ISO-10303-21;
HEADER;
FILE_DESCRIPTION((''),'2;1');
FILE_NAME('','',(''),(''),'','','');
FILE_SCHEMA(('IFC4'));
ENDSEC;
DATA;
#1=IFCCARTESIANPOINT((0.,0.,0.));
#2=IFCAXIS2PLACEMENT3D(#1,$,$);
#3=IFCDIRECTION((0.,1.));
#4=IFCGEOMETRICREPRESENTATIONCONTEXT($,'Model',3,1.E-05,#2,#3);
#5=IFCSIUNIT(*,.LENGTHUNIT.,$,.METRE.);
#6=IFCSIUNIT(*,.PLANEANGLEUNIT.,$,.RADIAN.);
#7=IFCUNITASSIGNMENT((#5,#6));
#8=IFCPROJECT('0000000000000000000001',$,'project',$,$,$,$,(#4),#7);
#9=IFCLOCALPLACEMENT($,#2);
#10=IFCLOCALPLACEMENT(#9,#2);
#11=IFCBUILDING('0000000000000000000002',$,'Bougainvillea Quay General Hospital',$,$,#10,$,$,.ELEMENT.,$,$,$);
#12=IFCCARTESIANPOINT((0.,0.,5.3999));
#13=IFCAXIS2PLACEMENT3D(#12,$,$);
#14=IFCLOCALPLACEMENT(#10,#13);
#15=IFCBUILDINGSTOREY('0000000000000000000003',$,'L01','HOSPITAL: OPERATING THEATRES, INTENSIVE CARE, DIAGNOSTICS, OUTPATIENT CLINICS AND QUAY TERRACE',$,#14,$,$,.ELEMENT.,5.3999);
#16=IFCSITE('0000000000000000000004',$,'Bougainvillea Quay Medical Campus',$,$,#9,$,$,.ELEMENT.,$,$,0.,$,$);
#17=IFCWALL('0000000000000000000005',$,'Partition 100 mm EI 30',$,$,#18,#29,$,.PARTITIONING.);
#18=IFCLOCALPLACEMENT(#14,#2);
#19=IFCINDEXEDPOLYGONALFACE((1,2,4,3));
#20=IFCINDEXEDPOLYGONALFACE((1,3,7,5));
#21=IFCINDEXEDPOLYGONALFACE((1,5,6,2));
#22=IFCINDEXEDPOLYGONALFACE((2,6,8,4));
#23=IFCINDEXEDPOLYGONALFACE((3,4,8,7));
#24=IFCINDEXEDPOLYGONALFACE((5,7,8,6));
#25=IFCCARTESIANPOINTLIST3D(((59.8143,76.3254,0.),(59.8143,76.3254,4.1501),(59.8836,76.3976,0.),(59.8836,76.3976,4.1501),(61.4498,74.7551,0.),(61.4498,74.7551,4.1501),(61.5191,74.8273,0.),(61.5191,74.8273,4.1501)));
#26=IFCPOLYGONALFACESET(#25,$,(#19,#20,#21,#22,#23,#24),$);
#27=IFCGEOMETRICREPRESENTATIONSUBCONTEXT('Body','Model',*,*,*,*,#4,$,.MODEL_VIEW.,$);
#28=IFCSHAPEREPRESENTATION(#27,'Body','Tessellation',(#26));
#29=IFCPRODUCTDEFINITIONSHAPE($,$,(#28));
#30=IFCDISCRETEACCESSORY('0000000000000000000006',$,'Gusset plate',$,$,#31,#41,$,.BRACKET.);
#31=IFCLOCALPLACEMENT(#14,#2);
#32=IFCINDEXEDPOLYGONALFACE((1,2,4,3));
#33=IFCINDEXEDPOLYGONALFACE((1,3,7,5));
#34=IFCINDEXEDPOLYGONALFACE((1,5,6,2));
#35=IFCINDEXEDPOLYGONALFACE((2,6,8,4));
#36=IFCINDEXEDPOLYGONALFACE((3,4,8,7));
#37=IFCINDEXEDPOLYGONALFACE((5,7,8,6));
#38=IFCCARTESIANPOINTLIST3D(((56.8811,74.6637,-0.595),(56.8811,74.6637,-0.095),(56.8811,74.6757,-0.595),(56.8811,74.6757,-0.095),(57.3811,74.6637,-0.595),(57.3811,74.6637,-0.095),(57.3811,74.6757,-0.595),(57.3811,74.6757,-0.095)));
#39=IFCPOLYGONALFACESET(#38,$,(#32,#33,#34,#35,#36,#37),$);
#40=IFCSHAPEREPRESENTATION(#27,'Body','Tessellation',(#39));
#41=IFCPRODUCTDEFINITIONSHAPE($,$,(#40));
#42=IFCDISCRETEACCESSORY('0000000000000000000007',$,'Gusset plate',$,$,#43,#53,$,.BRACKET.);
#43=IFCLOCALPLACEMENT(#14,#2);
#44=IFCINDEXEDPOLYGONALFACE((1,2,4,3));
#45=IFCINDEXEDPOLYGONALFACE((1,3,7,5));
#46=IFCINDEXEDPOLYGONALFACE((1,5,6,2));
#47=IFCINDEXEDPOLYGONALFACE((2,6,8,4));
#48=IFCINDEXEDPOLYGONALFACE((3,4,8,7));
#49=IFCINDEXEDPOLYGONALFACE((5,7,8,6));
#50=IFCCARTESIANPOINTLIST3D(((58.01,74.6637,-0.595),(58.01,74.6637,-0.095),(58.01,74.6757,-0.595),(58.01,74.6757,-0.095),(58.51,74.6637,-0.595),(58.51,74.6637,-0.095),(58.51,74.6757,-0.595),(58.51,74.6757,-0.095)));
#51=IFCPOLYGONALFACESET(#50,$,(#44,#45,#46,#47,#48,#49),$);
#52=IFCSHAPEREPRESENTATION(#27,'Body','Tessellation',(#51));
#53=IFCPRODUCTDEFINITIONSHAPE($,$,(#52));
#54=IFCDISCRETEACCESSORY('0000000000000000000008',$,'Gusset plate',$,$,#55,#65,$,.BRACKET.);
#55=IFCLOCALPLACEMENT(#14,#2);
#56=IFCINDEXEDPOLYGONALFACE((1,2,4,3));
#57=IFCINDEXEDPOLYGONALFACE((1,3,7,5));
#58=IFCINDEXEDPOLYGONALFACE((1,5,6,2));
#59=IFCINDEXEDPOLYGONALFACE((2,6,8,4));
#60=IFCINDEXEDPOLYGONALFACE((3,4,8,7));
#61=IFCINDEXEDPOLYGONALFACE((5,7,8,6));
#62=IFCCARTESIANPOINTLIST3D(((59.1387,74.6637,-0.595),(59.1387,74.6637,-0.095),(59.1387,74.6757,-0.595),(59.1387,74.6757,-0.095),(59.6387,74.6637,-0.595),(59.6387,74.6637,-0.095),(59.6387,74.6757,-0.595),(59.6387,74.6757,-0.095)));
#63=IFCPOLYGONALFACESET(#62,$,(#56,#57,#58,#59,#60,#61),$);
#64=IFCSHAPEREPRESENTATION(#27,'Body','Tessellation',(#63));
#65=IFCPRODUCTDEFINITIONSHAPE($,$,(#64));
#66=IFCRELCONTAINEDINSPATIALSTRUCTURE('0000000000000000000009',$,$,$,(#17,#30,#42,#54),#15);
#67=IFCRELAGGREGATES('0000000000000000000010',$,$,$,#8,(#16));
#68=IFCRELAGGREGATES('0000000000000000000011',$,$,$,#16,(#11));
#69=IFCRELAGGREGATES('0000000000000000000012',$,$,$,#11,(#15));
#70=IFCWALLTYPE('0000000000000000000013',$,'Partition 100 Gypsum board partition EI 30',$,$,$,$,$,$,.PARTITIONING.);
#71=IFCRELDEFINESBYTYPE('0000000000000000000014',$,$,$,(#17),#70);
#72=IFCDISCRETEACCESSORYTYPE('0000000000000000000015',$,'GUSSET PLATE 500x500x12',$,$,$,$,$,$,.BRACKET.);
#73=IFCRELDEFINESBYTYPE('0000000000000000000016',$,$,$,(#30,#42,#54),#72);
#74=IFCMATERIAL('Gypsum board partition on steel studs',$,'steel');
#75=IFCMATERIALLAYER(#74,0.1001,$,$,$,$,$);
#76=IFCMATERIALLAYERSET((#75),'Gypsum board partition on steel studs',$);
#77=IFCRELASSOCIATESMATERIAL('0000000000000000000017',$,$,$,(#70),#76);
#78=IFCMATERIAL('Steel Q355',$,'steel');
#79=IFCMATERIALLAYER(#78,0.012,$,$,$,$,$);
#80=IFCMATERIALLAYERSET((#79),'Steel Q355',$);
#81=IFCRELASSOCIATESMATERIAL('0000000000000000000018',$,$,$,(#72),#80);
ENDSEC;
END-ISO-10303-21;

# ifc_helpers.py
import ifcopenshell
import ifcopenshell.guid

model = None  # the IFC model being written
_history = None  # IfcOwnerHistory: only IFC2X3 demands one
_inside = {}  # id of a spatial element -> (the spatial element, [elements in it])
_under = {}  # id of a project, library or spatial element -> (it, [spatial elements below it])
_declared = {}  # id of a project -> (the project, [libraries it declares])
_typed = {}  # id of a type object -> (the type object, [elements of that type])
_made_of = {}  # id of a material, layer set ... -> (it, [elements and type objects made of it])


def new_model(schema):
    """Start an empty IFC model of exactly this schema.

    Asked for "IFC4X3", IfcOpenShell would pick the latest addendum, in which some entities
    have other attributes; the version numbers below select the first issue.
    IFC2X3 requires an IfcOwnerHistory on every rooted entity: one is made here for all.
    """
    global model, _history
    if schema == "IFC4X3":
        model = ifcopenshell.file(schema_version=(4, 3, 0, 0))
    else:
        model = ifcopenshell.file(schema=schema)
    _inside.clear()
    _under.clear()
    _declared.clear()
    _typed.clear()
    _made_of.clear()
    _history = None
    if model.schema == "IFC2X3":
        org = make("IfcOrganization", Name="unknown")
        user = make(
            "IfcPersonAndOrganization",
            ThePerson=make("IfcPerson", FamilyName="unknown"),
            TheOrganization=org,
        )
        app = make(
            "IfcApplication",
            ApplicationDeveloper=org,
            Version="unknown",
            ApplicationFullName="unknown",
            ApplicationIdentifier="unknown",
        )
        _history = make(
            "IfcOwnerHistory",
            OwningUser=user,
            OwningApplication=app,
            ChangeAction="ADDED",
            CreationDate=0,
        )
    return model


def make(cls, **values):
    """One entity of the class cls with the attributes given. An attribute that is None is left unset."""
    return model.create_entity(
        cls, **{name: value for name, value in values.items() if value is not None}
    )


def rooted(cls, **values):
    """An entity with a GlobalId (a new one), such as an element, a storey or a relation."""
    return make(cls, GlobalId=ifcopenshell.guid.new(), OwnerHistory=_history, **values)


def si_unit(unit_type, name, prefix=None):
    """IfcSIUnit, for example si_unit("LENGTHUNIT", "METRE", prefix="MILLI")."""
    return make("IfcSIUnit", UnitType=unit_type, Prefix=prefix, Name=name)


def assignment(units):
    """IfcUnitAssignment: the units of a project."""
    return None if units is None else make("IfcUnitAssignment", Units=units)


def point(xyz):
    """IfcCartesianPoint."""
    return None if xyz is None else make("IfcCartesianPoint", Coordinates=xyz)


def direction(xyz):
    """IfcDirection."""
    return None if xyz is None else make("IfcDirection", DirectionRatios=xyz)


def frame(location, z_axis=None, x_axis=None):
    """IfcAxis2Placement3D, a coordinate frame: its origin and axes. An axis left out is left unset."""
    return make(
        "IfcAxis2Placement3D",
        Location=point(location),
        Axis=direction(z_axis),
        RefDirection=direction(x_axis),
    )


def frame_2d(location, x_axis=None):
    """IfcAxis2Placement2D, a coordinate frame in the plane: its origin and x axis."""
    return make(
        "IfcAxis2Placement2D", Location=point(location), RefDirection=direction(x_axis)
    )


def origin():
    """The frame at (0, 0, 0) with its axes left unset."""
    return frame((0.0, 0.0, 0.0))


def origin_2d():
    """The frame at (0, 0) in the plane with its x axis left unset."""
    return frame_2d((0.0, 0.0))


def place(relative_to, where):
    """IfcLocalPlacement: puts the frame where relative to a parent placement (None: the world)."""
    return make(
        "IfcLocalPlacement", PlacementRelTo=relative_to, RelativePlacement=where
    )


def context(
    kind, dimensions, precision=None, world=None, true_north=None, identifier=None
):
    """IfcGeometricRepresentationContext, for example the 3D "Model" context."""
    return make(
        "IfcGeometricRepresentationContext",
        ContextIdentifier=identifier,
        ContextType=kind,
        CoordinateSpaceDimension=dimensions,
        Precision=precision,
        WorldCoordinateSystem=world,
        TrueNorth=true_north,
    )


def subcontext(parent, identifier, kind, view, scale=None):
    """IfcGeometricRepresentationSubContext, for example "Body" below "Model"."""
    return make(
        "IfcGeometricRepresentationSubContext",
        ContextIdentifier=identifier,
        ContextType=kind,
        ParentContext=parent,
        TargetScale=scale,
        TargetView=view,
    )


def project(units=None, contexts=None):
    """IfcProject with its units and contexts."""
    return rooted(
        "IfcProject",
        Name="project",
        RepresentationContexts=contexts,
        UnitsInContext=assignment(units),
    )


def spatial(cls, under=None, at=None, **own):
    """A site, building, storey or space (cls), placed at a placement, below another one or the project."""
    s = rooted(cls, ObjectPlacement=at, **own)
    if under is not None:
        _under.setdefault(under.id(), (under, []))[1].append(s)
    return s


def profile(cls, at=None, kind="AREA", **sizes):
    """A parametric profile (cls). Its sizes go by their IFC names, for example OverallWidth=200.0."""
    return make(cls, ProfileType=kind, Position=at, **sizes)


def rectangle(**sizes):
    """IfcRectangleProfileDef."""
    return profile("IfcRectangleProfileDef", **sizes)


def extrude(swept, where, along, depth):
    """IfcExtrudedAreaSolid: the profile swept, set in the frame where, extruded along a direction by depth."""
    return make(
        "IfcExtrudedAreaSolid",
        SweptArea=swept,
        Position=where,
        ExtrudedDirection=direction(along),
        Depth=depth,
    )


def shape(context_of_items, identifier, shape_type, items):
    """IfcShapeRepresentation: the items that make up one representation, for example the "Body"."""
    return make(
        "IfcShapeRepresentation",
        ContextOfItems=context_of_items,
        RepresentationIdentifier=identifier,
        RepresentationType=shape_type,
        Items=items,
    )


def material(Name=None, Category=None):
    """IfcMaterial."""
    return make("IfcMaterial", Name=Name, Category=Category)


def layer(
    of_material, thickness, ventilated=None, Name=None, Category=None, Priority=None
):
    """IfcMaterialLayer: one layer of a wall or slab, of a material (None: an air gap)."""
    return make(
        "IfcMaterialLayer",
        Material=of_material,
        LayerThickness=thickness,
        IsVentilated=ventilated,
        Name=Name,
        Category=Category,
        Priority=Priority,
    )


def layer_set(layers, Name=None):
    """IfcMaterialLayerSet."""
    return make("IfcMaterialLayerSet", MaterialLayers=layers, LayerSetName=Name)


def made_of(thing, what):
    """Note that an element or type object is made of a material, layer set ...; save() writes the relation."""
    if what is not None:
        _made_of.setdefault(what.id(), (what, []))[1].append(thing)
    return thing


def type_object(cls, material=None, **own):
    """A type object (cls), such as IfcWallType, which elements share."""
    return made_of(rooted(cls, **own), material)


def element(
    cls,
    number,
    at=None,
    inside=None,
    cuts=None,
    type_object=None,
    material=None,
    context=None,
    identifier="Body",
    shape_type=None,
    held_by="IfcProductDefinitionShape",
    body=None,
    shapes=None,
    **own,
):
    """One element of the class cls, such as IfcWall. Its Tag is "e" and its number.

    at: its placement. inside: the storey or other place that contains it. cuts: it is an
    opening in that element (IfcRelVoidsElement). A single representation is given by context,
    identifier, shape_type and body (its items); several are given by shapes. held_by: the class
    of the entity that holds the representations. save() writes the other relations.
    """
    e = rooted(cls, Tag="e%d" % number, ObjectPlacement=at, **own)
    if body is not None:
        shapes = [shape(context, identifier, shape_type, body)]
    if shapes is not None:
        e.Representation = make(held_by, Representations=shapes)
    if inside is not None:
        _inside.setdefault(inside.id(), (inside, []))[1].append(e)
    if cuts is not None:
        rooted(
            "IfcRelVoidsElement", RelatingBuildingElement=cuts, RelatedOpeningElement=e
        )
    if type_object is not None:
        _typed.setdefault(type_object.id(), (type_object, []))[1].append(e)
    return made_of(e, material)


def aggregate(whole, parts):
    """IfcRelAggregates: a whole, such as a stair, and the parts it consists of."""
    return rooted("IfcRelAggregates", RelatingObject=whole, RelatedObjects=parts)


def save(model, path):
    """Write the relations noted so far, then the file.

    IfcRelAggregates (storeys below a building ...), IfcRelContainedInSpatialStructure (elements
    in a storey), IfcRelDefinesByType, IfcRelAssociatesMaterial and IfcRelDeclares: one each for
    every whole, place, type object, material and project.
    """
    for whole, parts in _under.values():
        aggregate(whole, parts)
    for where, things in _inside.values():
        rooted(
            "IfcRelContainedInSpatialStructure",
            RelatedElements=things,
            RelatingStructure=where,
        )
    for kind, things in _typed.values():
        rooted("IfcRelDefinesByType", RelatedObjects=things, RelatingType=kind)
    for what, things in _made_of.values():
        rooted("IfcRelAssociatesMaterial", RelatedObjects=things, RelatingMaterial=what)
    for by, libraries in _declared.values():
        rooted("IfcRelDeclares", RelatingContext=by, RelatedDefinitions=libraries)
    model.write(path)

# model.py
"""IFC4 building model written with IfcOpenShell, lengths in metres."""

from ifc_helpers import new_model, si_unit, direction, frame, frame_2d, origin, origin_2d, place, context, subcontext, project, spatial, rectangle, extrude, material, layer, layer_set, type_object, element, save


model = new_model("IFC4")

# Units and contexts
model_context = context("Model", 3, precision=1e-05, world=origin(), true_north=direction((0.0, 1.0)))
body_context = subcontext(model_context, "Body", "Model", "MODEL_VIEW")
ifc_project = project(units=[si_unit("LENGTHUNIT", "METRE"), si_unit("PLANEANGLEUNIT", "RADIAN")], contexts=[model_context])

# Site, building, storey
site_placement = place(None, origin())
site = spatial("IfcSite", under=ifc_project, at=site_placement, Name="Bougainvillea Quay Medical Campus", CompositionType="ELEMENT", RefElevation=0.0)
building_placement = place(site_placement, origin())
building = spatial("IfcBuilding", under=site, at=building_placement, Name="Bougainvillea Quay General Hospital", CompositionType="ELEMENT")
storey_placement = place(building_placement, frame((0.0, 0.0, 5.3999)))
storey = spatial("IfcBuildingStorey", under=building, at=storey_placement, Name="L01", Description="HOSPITAL: OPERATING THEATRES, INTENSIVE CARE, DIAGNOSTICS, OUTPATIENT CLINICS AND QUAY TERRACE", CompositionType="ELEMENT", Elevation=5.3999)

# Shared definitions
ifc_material_1 = material(Name="Steel Q355", Category="steel")

# Wall
ifc_material_2 = material(Name="Gypsum board partition on steel studs", Category="steel")
ifc_layer_1 = layer(ifc_material_2, 0.1001)
ifc_layer_set_1 = layer_set([ifc_layer_1], Name="Gypsum board partition on steel studs")
wall_type = type_object("IfcWallType", Name="Partition 100 Gypsum board partition EI 30", PredefinedType="PARTITIONING", material=ifc_layer_set_1)
wall_placement = place(storey_placement, frame((59.8489, 76.3616, 0.0), z_axis=(0.0, 0.0, 1.0), x_axis=(0.721336, -0.692586, 0.0)))
element("IfcWall", 1, at=wall_placement, inside=storey, type_object=wall_type, Name="Partition 100 mm EI 30", PredefinedType="PARTITIONING", context=body_context, shape_type="SweptSolid", body=[
    extrude(rectangle(XDim=2.2673, YDim=0.1001, at=frame_2d((1.1338, 0.0))), origin(), (0.0, 0.0, 1.0), 4.1501),
])

# Discrete accessories
ifc_layer_2 = layer(ifc_material_1, 0.012)
ifc_layer_set_2 = layer_set([ifc_layer_2], Name="Steel Q355")
discrete_accessory_type = type_object("IfcDiscreteAccessoryType", Name="GUSSET PLATE 500x500x12", PredefinedType="BRACKET", material=ifc_layer_set_2)
for number, where, z_axis, x_axis, name in (
    (2, (57.1311, 74.6697, -0.595), (0.0, 0.0, 1.0), (1.0, 0.0, 0.0), "Gusset plate"),
    (3, (58.26, 74.6697, -0.595), (0.0, 0.0, 1.0), (1.0, 0.0, 0.0), "Gusset plate"),
    (4, (59.3887, 74.6697, -0.595), (0.0, 0.0, 1.0), (1.0, 0.0, 0.0), "Gusset plate"),
):
    element("IfcDiscreteAccessory", number, at=place(storey_placement, frame(where, z_axis=z_axis, x_axis=x_axis)), inside=storey, type_object=discrete_accessory_type, Name=name, PredefinedType="BRACKET", context=body_context, shape_type="SweptSolid", body=[
        extrude(rectangle(XDim=0.5, YDim=0.012, at=origin_2d()), origin(), (0.0, 0.0, 1.0), 0.5),
    ])

save(model, "model.ifc")
